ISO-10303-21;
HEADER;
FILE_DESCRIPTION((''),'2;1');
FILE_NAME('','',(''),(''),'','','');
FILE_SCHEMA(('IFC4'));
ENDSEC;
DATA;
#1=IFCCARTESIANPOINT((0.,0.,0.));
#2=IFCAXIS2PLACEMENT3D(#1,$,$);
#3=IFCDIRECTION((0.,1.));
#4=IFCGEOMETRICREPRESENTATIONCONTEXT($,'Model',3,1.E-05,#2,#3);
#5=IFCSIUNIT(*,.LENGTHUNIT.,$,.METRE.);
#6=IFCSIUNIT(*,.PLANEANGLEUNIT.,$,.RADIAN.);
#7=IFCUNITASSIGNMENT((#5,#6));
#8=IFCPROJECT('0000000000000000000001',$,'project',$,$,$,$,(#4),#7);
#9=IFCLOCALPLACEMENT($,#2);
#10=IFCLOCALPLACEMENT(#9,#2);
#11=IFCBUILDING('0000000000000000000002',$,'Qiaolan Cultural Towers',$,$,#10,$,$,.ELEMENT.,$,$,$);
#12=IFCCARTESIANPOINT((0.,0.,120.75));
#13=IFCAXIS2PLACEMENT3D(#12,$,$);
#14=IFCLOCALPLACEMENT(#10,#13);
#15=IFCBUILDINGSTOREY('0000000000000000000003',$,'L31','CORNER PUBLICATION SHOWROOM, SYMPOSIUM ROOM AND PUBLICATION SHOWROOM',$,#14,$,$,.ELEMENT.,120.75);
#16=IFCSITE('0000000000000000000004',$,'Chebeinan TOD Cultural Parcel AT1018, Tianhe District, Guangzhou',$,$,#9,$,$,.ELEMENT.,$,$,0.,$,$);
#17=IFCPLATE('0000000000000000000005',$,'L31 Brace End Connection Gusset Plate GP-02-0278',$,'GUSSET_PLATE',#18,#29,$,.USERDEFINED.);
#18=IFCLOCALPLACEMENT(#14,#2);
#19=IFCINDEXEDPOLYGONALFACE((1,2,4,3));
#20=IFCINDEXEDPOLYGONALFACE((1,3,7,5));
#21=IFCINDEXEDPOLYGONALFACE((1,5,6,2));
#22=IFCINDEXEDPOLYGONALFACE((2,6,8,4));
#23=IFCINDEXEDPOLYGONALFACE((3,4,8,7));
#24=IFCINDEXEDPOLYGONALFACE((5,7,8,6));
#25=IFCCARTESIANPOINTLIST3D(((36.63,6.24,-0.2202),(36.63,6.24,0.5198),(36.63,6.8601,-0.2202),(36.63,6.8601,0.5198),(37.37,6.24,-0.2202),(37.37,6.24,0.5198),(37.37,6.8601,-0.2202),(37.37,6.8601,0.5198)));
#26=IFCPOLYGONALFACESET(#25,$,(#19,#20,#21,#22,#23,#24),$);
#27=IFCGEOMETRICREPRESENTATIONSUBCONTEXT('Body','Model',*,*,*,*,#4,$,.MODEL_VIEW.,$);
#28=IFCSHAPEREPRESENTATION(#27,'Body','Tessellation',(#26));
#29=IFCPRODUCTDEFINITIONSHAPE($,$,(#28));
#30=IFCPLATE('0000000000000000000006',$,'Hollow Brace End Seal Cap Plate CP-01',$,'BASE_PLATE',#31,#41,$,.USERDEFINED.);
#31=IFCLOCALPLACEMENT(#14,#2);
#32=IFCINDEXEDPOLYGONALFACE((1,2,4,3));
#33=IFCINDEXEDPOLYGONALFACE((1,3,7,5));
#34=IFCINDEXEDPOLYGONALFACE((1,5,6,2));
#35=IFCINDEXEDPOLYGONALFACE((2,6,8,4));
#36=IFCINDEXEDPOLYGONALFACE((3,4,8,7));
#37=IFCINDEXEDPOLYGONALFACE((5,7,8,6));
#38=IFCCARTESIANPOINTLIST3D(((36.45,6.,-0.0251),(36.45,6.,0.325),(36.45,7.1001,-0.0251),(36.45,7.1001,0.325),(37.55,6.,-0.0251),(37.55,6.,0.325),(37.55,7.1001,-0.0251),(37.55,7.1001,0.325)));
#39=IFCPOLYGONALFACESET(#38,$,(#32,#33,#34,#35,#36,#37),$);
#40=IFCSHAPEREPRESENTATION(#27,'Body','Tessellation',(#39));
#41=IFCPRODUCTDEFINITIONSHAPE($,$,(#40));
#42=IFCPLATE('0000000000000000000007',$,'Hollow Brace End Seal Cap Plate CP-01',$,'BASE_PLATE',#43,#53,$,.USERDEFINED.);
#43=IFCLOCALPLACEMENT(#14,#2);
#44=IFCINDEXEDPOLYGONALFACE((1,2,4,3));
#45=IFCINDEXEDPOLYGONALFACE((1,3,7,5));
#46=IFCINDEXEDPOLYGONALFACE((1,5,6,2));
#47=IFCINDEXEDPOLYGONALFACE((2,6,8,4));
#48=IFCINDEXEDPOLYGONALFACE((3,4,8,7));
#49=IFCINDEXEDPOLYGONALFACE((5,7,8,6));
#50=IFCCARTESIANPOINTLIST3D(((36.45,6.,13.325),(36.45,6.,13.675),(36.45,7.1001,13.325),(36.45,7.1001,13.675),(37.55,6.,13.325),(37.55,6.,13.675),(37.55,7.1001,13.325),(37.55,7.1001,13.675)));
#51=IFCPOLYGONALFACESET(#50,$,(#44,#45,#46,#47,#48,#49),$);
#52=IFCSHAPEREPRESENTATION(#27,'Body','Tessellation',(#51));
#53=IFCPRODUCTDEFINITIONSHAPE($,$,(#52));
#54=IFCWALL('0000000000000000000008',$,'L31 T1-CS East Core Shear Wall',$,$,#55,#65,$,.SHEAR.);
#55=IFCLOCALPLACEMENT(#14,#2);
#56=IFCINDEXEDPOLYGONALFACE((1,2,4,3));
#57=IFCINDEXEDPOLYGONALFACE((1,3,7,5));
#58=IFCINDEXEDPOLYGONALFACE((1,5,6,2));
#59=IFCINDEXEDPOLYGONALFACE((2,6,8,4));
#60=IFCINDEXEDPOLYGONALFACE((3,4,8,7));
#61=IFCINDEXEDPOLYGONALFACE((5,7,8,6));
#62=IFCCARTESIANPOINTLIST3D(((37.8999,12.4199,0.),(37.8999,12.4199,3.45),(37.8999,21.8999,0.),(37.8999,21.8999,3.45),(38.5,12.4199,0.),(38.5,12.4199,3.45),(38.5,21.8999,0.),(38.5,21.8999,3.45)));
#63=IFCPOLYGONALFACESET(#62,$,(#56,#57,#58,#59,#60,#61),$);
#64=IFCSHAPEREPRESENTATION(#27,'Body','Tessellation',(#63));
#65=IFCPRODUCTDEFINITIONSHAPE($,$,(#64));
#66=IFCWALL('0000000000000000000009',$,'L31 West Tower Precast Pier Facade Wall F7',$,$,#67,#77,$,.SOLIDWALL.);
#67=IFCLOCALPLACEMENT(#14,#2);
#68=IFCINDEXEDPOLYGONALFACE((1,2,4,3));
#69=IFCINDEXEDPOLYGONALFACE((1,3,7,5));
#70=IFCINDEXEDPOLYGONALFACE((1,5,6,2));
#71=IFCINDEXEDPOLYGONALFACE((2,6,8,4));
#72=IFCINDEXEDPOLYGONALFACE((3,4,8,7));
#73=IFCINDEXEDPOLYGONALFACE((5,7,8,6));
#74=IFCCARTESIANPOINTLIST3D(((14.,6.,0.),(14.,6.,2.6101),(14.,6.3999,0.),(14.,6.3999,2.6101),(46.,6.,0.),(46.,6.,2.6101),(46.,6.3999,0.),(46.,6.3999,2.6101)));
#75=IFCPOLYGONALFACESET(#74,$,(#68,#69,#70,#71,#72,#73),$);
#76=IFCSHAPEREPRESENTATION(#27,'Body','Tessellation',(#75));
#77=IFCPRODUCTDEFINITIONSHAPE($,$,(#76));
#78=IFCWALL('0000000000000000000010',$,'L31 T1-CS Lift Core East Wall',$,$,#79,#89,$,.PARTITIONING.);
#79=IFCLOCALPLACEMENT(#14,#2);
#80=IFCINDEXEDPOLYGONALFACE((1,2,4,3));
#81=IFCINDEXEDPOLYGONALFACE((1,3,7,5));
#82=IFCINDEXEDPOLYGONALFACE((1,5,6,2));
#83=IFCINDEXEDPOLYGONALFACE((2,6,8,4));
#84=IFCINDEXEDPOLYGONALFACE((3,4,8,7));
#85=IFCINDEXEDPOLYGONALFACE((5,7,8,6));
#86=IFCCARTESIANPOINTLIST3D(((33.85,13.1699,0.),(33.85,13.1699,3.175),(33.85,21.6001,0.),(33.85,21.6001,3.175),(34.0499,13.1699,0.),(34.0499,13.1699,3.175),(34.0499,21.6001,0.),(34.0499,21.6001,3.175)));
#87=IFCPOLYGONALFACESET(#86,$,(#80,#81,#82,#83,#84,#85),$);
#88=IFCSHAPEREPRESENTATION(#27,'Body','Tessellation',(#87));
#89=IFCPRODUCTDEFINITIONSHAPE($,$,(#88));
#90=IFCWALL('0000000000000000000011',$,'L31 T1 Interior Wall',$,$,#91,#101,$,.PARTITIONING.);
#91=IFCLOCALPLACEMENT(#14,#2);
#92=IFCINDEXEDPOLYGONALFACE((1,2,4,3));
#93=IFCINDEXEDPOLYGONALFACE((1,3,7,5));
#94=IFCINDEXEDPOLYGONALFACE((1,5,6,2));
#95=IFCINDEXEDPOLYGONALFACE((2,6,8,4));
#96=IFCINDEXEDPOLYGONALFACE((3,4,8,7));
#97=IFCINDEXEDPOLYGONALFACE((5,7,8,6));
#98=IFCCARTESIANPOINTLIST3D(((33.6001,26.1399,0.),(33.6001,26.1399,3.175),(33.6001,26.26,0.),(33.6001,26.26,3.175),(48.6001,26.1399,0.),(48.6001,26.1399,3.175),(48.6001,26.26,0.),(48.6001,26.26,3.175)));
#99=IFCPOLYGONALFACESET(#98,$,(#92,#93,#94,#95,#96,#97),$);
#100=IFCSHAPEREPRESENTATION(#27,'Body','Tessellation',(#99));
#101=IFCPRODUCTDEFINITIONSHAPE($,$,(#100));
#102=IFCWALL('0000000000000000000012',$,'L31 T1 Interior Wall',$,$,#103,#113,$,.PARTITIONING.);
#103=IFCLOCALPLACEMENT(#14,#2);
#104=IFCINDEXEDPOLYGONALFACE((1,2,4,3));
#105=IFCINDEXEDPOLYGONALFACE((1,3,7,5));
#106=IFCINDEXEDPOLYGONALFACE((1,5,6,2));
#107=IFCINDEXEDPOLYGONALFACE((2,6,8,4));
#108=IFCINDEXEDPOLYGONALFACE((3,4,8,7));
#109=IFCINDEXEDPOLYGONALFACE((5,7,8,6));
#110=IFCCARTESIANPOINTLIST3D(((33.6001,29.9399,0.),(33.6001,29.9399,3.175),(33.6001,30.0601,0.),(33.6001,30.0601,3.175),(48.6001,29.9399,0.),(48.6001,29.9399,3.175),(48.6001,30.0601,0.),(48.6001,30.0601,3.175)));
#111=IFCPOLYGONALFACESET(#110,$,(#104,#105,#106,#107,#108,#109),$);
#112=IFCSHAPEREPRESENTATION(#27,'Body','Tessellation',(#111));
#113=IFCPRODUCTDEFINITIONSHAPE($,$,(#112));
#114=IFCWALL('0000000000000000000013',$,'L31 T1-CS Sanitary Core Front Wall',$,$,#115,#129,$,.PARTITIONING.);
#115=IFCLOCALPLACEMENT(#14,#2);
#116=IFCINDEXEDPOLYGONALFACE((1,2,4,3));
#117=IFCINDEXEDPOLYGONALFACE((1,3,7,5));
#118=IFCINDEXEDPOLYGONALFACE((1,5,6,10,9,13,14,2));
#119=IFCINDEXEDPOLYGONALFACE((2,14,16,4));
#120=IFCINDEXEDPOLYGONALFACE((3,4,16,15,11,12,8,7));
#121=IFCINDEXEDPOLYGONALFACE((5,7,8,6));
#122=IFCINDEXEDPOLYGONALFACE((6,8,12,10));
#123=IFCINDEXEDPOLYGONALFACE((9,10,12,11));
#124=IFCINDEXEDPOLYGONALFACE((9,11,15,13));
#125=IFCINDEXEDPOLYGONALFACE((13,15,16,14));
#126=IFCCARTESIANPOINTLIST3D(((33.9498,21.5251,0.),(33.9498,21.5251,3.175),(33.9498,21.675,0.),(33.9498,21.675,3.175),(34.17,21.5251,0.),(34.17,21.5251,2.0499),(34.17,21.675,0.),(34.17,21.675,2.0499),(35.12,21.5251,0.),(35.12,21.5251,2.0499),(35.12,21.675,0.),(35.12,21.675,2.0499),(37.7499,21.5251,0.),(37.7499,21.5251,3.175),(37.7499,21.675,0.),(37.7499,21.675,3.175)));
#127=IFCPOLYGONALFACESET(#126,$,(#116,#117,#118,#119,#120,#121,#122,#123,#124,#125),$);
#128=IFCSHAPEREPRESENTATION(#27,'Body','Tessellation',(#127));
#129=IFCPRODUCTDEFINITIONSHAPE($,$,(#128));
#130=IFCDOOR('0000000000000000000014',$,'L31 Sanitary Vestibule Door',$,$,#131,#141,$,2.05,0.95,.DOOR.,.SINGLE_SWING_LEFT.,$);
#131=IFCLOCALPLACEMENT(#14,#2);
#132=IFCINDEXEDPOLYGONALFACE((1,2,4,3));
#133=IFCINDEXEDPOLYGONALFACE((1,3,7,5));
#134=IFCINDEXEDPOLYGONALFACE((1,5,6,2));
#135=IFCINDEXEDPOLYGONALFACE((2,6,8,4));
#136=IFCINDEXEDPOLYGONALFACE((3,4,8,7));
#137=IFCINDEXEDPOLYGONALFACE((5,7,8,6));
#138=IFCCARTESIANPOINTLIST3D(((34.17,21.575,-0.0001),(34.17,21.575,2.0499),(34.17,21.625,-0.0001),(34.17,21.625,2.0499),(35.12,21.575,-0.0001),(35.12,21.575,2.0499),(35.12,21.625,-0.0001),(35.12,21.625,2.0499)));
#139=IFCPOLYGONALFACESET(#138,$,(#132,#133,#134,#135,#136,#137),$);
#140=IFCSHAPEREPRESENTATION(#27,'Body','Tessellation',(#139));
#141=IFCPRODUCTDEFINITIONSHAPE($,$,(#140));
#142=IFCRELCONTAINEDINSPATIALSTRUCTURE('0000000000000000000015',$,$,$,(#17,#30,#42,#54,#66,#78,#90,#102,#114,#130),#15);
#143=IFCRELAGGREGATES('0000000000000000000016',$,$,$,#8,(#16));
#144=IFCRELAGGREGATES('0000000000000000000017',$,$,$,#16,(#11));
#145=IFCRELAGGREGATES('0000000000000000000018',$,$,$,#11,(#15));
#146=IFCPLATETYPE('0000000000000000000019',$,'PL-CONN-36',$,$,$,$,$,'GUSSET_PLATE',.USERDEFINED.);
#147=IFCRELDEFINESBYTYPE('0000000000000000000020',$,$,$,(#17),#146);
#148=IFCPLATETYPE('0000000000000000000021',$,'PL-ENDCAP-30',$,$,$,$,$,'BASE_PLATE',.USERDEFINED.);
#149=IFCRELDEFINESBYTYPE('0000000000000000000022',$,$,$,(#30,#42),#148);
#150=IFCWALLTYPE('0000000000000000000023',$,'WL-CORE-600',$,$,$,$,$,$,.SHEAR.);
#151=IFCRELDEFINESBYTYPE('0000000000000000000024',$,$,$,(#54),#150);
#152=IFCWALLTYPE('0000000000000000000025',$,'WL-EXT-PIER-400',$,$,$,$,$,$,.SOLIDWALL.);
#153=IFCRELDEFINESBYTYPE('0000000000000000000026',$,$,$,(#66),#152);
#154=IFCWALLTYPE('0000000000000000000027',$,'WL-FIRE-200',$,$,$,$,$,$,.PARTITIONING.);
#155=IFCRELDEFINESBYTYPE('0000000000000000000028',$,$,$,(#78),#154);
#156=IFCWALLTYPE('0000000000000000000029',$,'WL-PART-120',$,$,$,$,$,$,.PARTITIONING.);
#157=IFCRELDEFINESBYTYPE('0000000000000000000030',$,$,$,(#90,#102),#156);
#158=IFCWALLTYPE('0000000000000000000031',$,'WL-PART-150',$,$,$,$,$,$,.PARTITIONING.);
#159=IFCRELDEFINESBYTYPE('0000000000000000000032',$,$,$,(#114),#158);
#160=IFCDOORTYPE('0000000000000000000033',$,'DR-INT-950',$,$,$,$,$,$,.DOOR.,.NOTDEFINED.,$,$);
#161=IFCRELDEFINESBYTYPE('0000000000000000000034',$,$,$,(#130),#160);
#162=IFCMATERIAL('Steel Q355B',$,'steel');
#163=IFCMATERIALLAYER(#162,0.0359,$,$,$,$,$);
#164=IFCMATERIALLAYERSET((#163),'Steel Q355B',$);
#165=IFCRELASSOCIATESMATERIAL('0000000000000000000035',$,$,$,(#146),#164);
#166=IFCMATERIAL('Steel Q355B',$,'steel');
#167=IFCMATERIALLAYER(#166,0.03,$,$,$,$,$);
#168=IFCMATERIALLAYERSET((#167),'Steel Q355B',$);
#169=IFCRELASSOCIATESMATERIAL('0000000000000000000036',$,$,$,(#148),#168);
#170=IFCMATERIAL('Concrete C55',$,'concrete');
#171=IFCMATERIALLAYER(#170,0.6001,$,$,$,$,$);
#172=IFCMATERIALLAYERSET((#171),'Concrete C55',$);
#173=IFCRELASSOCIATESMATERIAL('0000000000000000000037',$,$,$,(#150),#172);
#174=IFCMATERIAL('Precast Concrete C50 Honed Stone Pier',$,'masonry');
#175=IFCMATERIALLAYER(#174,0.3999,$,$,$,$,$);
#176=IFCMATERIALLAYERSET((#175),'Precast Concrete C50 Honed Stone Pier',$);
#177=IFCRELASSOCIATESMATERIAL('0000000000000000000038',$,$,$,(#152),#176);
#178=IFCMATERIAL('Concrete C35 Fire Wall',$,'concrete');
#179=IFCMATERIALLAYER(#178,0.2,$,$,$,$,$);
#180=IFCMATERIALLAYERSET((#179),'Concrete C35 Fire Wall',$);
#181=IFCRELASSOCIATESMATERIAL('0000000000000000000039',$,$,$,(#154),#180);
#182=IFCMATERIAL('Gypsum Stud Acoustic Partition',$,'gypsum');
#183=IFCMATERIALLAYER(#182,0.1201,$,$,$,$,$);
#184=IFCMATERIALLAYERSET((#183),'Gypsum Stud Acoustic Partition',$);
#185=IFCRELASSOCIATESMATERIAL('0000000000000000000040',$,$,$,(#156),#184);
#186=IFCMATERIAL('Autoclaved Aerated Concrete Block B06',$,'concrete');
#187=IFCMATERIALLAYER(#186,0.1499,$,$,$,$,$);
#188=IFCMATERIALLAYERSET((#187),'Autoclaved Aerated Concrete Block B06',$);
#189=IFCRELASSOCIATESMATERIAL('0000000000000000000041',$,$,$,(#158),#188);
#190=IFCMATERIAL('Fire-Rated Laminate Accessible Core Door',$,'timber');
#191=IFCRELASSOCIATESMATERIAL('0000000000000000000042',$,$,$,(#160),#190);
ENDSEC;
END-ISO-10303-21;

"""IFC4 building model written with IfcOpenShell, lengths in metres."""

from ifc_helpers import new_model, si_unit, direction, frame, frame_2d, origin, origin_2d, place, context, subcontext, project, spatial, rectangle, extrude, material, layer, layer_set, type_object, element, fill, save


model = new_model("IFC4")

# Units and contexts
model_context = context("Model", 3, precision=1e-05, world=origin(), true_north=direction((0.0, 1.0)))
body_context = subcontext(model_context, "Body", "Model", "MODEL_VIEW")
ifc_project = project(units=[si_unit("LENGTHUNIT", "METRE"), si_unit("PLANEANGLEUNIT", "RADIAN")], contexts=[model_context])

# Site, building, storey
site_placement = place(None, origin())
site = spatial("IfcSite", under=ifc_project, at=site_placement, Name="Chebeinan TOD Cultural Parcel AT1018, Tianhe District, Guangzhou", CompositionType="ELEMENT", RefElevation=0.0)
building_placement = place(site_placement, origin())
building = spatial("IfcBuilding", under=site, at=building_placement, Name="Qiaolan Cultural Towers", CompositionType="ELEMENT")
storey_placement = place(building_placement, frame((0.0, 0.0, 120.75)))
storey = spatial("IfcBuildingStorey", under=building, at=storey_placement, Name="L31", Description="CORNER PUBLICATION SHOWROOM, SYMPOSIUM ROOM AND PUBLICATION SHOWROOM", CompositionType="ELEMENT", Elevation=120.75)

# Plates
ifc_material_1 = material(Name="Steel Q355B", Category="steel")
ifc_layer_1 = layer(ifc_material_1, 0.0359)
ifc_layer_set_1 = layer_set([ifc_layer_1], Name="Steel Q355B")
plate_type_1 = type_object("IfcPlateType", Name="PL-CONN-36", ElementType="GUSSET_PLATE", PredefinedType="USERDEFINED", material=ifc_layer_set_1)
for number, where, z_axis, x_axis, name in (
    (1, (37.0, 6.55, -0.2202), (0.0, 0.0, 1.0), (1.0, 0.0, 0.0), "L31 Brace End Connection Gusset Plate GP-02-0278"),
):
    element("IfcPlate", number, at=place(storey_placement, frame(where, z_axis=z_axis, x_axis=x_axis)), inside=storey, type_object=plate_type_1, Name=name, ObjectType="GUSSET_PLATE", PredefinedType="USERDEFINED", context=body_context, shape_type="SweptSolid", body=[
        extrude(rectangle(XDim=0.74, YDim=0.6201, at=origin_2d()), origin(), (0.0, 0.0, 1.0), 0.74),
    ])
ifc_material_2 = material(Name="Steel Q355B", Category="steel")
ifc_layer_2 = layer(ifc_material_2, 0.03)
ifc_layer_set_2 = layer_set([ifc_layer_2], Name="Steel Q355B")
plate_type_2 = type_object("IfcPlateType", Name="PL-ENDCAP-30", ElementType="BASE_PLATE", PredefinedType="USERDEFINED", material=ifc_layer_set_2)
for number, where, z_axis, x_axis, name in (
    (2, (37.0, 6.55, -0.0251), (0.0, 0.0, 1.0), (1.0, 0.0, 0.0), "Hollow Brace End Seal Cap Plate CP-01"),
    (3, (37.0, 6.55, 13.325), (0.0, 0.0, 1.0), (1.0, 0.0, 0.0), "Hollow Brace End Seal Cap Plate CP-01"),
):
    element("IfcPlate", number, at=place(storey_placement, frame(where, z_axis=z_axis, x_axis=x_axis)), inside=storey, type_object=plate_type_2, Name=name, ObjectType="BASE_PLATE", PredefinedType="USERDEFINED", context=body_context, shape_type="SweptSolid", body=[
        extrude(rectangle(XDim=1.1001, YDim=1.1001, at=origin_2d()), origin(), (0.0, 0.0, 1.0), 0.3501),
    ])

# Walls
ifc_material_3 = material(Name="Concrete C55", Category="concrete")
ifc_layer_3 = layer(ifc_material_3, 0.6001)
ifc_layer_set_3 = layer_set([ifc_layer_3], Name="Concrete C55")
wall_type_1 = type_object("IfcWallType", Name="WL-CORE-600", PredefinedType="SHEAR", material=ifc_layer_set_3)
wall_1_placement = place(storey_placement, frame((38.2, 21.8999, 0.0), z_axis=(0.0, 0.0, 1.0), x_axis=(0.0, -1.0, 0.0)))
element("IfcWall", 4, at=wall_1_placement, inside=storey, type_object=wall_type_1, Name="L31 T1-CS East Core Shear Wall", PredefinedType="SHEAR", context=body_context, shape_type="SweptSolid", body=[
    extrude(rectangle(XDim=9.48, YDim=0.6001, at=frame_2d((4.74, 0.0))), origin(), (0.0, 0.0, 1.0), 3.45),
])
ifc_material_4 = material(Name="Precast Concrete C50 Honed Stone Pier", Category="masonry")
ifc_layer_4 = layer(ifc_material_4, 0.3999)
ifc_layer_set_4 = layer_set([ifc_layer_4], Name="Precast Concrete C50 Honed Stone Pier")
wall_type_2 = type_object("IfcWallType", Name="WL-EXT-PIER-400", PredefinedType="SOLIDWALL", material=ifc_layer_set_4)
wall_2_placement = place(storey_placement, frame((46.0, 6.2, 0.0), z_axis=(0.0, 0.0, 1.0), x_axis=(-1.0, 0.0, 0.0)))
element("IfcWall", 5, at=wall_2_placement, inside=storey, type_object=wall_type_2, Name="L31 West Tower Precast Pier Facade Wall F7", PredefinedType="SOLIDWALL", context=body_context, shape_type="SweptSolid", body=[
    extrude(rectangle(XDim=32.0, YDim=0.3999, at=frame_2d((16.0, 0.0))), origin(), (0.0, 0.0, 1.0), 2.6101),
])
ifc_material_5 = material(Name="Concrete C35 Fire Wall", Category="concrete")
ifc_layer_5 = layer(ifc_material_5, 0.2)
ifc_layer_set_5 = layer_set([ifc_layer_5], Name="Concrete C35 Fire Wall")
wall_type_3 = type_object("IfcWallType", Name="WL-FIRE-200", PredefinedType="PARTITIONING", material=ifc_layer_set_5)
wall_3_placement = place(storey_placement, frame((33.95, 21.6001, 0.0), z_axis=(0.0, 0.0, 1.0), x_axis=(0.0, -1.0, 0.0)))
element("IfcWall", 6, at=wall_3_placement, inside=storey, type_object=wall_type_3, Name="L31 T1-CS Lift Core East Wall", PredefinedType="PARTITIONING", context=body_context, shape_type="SweptSolid", body=[
    extrude(rectangle(XDim=8.4302, YDim=0.2, at=frame_2d((4.2151, 0.0))), origin(), (0.0, 0.0, 1.0), 3.175),
])
ifc_material_6 = material(Name="Gypsum Stud Acoustic Partition", Category="gypsum")
ifc_layer_6 = layer(ifc_material_6, 0.1201)
ifc_layer_set_6 = layer_set([ifc_layer_6], Name="Gypsum Stud Acoustic Partition")
wall_type_4 = type_object("IfcWallType", Name="WL-PART-120", PredefinedType="PARTITIONING", material=ifc_layer_set_6)
for number, where, z_axis, x_axis, name in (
    (7, (33.6001, 26.2, 0.0), (0.0, 0.0, 1.0), (1.0, 0.0, 0.0), "L31 T1 Interior Wall"),
    (8, (33.6001, 30.0, 0.0), (0.0, 0.0, 1.0), (1.0, 0.0, 0.0), "L31 T1 Interior Wall"),
):
    element("IfcWall", number, at=place(storey_placement, frame(where, z_axis=z_axis, x_axis=x_axis)), inside=storey, type_object=wall_type_4, Name=name, PredefinedType="PARTITIONING", context=body_context, shape_type="SweptSolid", body=[
        extrude(rectangle(XDim=15.0, YDim=0.1201, at=frame_2d((7.5, 0.0))), origin(), (0.0, 0.0, 1.0), 3.175),
    ])

# Wall, opening, door
ifc_material_7 = material(Name="Autoclaved Aerated Concrete Block B06", Category="concrete")
ifc_layer_7 = layer(ifc_material_7, 0.1499)
ifc_layer_set_7 = layer_set([ifc_layer_7], Name="Autoclaved Aerated Concrete Block B06")
wall_type_5 = type_object("IfcWallType", Name="WL-PART-150", PredefinedType="PARTITIONING", material=ifc_layer_set_7)
wall_4_placement = place(storey_placement, frame((33.95, 21.6001, 0.0), z_axis=(0.0, 0.0, 1.0), x_axis=(1.0, 0.0, 0.0)))
wall_4 = element("IfcWall", 9, at=wall_4_placement, inside=storey, type_object=wall_type_5, Name="L31 T1-CS Sanitary Core Front Wall", PredefinedType="PARTITIONING", context=body_context, shape_type="SweptSolid", body=[
    extrude(rectangle(XDim=3.8, YDim=0.1499, at=frame_2d((1.8999, 0.0))), origin(), (0.0, 0.0, 1.0), 3.175),
])
opening_1_placement = place(wall_4_placement, frame((0.22, 0.0, 0.0)))
opening_1 = element("IfcOpeningElement", 10, at=opening_1_placement, cuts=wall_4, PredefinedType="OPENING", context=body_context, shape_type="SweptSolid", body=[
    extrude(rectangle(XDim=0.95, YDim=2.05, at=frame_2d((0.4751, 1.0249))), frame((0.0, 0.085, 0.0), z_axis=(0.0, -1.0, 0.0), x_axis=(1.0, 0.0, 0.0)), (0.0, 0.0, 1.0), 0.1699),
])
ifc_material_8 = material(Name="Fire-Rated Laminate Accessible Core Door", Category="timber")
door_type_1 = type_object("IfcDoorType", Name="DR-INT-950", OperationType="NOTDEFINED", PredefinedType="DOOR", material=ifc_material_8)
door_1_placement = place(opening_1_placement, origin())
door_1 = element("IfcDoor", 11, at=door_1_placement, inside=storey, type_object=door_type_1, Name="L31 Sanitary Vestibule Door", OperationType="SINGLE_SWING_LEFT", OverallHeight=2.05, OverallWidth=0.95, PredefinedType="DOOR", context=body_context, shape_type="SweptSolid", body=[
    extrude(rectangle(XDim=0.95, YDim=2.05, at=frame_2d((0.4751, 1.0249))), frame((0.0, 0.0249, 0.0), z_axis=(0.0, -1.0, 0.0), x_axis=(1.0, 0.0, 0.0)), (0.0, 0.0, 1.0), 0.05),
])
fill(opening_1, door_1)

save(model, "model.ifc")
